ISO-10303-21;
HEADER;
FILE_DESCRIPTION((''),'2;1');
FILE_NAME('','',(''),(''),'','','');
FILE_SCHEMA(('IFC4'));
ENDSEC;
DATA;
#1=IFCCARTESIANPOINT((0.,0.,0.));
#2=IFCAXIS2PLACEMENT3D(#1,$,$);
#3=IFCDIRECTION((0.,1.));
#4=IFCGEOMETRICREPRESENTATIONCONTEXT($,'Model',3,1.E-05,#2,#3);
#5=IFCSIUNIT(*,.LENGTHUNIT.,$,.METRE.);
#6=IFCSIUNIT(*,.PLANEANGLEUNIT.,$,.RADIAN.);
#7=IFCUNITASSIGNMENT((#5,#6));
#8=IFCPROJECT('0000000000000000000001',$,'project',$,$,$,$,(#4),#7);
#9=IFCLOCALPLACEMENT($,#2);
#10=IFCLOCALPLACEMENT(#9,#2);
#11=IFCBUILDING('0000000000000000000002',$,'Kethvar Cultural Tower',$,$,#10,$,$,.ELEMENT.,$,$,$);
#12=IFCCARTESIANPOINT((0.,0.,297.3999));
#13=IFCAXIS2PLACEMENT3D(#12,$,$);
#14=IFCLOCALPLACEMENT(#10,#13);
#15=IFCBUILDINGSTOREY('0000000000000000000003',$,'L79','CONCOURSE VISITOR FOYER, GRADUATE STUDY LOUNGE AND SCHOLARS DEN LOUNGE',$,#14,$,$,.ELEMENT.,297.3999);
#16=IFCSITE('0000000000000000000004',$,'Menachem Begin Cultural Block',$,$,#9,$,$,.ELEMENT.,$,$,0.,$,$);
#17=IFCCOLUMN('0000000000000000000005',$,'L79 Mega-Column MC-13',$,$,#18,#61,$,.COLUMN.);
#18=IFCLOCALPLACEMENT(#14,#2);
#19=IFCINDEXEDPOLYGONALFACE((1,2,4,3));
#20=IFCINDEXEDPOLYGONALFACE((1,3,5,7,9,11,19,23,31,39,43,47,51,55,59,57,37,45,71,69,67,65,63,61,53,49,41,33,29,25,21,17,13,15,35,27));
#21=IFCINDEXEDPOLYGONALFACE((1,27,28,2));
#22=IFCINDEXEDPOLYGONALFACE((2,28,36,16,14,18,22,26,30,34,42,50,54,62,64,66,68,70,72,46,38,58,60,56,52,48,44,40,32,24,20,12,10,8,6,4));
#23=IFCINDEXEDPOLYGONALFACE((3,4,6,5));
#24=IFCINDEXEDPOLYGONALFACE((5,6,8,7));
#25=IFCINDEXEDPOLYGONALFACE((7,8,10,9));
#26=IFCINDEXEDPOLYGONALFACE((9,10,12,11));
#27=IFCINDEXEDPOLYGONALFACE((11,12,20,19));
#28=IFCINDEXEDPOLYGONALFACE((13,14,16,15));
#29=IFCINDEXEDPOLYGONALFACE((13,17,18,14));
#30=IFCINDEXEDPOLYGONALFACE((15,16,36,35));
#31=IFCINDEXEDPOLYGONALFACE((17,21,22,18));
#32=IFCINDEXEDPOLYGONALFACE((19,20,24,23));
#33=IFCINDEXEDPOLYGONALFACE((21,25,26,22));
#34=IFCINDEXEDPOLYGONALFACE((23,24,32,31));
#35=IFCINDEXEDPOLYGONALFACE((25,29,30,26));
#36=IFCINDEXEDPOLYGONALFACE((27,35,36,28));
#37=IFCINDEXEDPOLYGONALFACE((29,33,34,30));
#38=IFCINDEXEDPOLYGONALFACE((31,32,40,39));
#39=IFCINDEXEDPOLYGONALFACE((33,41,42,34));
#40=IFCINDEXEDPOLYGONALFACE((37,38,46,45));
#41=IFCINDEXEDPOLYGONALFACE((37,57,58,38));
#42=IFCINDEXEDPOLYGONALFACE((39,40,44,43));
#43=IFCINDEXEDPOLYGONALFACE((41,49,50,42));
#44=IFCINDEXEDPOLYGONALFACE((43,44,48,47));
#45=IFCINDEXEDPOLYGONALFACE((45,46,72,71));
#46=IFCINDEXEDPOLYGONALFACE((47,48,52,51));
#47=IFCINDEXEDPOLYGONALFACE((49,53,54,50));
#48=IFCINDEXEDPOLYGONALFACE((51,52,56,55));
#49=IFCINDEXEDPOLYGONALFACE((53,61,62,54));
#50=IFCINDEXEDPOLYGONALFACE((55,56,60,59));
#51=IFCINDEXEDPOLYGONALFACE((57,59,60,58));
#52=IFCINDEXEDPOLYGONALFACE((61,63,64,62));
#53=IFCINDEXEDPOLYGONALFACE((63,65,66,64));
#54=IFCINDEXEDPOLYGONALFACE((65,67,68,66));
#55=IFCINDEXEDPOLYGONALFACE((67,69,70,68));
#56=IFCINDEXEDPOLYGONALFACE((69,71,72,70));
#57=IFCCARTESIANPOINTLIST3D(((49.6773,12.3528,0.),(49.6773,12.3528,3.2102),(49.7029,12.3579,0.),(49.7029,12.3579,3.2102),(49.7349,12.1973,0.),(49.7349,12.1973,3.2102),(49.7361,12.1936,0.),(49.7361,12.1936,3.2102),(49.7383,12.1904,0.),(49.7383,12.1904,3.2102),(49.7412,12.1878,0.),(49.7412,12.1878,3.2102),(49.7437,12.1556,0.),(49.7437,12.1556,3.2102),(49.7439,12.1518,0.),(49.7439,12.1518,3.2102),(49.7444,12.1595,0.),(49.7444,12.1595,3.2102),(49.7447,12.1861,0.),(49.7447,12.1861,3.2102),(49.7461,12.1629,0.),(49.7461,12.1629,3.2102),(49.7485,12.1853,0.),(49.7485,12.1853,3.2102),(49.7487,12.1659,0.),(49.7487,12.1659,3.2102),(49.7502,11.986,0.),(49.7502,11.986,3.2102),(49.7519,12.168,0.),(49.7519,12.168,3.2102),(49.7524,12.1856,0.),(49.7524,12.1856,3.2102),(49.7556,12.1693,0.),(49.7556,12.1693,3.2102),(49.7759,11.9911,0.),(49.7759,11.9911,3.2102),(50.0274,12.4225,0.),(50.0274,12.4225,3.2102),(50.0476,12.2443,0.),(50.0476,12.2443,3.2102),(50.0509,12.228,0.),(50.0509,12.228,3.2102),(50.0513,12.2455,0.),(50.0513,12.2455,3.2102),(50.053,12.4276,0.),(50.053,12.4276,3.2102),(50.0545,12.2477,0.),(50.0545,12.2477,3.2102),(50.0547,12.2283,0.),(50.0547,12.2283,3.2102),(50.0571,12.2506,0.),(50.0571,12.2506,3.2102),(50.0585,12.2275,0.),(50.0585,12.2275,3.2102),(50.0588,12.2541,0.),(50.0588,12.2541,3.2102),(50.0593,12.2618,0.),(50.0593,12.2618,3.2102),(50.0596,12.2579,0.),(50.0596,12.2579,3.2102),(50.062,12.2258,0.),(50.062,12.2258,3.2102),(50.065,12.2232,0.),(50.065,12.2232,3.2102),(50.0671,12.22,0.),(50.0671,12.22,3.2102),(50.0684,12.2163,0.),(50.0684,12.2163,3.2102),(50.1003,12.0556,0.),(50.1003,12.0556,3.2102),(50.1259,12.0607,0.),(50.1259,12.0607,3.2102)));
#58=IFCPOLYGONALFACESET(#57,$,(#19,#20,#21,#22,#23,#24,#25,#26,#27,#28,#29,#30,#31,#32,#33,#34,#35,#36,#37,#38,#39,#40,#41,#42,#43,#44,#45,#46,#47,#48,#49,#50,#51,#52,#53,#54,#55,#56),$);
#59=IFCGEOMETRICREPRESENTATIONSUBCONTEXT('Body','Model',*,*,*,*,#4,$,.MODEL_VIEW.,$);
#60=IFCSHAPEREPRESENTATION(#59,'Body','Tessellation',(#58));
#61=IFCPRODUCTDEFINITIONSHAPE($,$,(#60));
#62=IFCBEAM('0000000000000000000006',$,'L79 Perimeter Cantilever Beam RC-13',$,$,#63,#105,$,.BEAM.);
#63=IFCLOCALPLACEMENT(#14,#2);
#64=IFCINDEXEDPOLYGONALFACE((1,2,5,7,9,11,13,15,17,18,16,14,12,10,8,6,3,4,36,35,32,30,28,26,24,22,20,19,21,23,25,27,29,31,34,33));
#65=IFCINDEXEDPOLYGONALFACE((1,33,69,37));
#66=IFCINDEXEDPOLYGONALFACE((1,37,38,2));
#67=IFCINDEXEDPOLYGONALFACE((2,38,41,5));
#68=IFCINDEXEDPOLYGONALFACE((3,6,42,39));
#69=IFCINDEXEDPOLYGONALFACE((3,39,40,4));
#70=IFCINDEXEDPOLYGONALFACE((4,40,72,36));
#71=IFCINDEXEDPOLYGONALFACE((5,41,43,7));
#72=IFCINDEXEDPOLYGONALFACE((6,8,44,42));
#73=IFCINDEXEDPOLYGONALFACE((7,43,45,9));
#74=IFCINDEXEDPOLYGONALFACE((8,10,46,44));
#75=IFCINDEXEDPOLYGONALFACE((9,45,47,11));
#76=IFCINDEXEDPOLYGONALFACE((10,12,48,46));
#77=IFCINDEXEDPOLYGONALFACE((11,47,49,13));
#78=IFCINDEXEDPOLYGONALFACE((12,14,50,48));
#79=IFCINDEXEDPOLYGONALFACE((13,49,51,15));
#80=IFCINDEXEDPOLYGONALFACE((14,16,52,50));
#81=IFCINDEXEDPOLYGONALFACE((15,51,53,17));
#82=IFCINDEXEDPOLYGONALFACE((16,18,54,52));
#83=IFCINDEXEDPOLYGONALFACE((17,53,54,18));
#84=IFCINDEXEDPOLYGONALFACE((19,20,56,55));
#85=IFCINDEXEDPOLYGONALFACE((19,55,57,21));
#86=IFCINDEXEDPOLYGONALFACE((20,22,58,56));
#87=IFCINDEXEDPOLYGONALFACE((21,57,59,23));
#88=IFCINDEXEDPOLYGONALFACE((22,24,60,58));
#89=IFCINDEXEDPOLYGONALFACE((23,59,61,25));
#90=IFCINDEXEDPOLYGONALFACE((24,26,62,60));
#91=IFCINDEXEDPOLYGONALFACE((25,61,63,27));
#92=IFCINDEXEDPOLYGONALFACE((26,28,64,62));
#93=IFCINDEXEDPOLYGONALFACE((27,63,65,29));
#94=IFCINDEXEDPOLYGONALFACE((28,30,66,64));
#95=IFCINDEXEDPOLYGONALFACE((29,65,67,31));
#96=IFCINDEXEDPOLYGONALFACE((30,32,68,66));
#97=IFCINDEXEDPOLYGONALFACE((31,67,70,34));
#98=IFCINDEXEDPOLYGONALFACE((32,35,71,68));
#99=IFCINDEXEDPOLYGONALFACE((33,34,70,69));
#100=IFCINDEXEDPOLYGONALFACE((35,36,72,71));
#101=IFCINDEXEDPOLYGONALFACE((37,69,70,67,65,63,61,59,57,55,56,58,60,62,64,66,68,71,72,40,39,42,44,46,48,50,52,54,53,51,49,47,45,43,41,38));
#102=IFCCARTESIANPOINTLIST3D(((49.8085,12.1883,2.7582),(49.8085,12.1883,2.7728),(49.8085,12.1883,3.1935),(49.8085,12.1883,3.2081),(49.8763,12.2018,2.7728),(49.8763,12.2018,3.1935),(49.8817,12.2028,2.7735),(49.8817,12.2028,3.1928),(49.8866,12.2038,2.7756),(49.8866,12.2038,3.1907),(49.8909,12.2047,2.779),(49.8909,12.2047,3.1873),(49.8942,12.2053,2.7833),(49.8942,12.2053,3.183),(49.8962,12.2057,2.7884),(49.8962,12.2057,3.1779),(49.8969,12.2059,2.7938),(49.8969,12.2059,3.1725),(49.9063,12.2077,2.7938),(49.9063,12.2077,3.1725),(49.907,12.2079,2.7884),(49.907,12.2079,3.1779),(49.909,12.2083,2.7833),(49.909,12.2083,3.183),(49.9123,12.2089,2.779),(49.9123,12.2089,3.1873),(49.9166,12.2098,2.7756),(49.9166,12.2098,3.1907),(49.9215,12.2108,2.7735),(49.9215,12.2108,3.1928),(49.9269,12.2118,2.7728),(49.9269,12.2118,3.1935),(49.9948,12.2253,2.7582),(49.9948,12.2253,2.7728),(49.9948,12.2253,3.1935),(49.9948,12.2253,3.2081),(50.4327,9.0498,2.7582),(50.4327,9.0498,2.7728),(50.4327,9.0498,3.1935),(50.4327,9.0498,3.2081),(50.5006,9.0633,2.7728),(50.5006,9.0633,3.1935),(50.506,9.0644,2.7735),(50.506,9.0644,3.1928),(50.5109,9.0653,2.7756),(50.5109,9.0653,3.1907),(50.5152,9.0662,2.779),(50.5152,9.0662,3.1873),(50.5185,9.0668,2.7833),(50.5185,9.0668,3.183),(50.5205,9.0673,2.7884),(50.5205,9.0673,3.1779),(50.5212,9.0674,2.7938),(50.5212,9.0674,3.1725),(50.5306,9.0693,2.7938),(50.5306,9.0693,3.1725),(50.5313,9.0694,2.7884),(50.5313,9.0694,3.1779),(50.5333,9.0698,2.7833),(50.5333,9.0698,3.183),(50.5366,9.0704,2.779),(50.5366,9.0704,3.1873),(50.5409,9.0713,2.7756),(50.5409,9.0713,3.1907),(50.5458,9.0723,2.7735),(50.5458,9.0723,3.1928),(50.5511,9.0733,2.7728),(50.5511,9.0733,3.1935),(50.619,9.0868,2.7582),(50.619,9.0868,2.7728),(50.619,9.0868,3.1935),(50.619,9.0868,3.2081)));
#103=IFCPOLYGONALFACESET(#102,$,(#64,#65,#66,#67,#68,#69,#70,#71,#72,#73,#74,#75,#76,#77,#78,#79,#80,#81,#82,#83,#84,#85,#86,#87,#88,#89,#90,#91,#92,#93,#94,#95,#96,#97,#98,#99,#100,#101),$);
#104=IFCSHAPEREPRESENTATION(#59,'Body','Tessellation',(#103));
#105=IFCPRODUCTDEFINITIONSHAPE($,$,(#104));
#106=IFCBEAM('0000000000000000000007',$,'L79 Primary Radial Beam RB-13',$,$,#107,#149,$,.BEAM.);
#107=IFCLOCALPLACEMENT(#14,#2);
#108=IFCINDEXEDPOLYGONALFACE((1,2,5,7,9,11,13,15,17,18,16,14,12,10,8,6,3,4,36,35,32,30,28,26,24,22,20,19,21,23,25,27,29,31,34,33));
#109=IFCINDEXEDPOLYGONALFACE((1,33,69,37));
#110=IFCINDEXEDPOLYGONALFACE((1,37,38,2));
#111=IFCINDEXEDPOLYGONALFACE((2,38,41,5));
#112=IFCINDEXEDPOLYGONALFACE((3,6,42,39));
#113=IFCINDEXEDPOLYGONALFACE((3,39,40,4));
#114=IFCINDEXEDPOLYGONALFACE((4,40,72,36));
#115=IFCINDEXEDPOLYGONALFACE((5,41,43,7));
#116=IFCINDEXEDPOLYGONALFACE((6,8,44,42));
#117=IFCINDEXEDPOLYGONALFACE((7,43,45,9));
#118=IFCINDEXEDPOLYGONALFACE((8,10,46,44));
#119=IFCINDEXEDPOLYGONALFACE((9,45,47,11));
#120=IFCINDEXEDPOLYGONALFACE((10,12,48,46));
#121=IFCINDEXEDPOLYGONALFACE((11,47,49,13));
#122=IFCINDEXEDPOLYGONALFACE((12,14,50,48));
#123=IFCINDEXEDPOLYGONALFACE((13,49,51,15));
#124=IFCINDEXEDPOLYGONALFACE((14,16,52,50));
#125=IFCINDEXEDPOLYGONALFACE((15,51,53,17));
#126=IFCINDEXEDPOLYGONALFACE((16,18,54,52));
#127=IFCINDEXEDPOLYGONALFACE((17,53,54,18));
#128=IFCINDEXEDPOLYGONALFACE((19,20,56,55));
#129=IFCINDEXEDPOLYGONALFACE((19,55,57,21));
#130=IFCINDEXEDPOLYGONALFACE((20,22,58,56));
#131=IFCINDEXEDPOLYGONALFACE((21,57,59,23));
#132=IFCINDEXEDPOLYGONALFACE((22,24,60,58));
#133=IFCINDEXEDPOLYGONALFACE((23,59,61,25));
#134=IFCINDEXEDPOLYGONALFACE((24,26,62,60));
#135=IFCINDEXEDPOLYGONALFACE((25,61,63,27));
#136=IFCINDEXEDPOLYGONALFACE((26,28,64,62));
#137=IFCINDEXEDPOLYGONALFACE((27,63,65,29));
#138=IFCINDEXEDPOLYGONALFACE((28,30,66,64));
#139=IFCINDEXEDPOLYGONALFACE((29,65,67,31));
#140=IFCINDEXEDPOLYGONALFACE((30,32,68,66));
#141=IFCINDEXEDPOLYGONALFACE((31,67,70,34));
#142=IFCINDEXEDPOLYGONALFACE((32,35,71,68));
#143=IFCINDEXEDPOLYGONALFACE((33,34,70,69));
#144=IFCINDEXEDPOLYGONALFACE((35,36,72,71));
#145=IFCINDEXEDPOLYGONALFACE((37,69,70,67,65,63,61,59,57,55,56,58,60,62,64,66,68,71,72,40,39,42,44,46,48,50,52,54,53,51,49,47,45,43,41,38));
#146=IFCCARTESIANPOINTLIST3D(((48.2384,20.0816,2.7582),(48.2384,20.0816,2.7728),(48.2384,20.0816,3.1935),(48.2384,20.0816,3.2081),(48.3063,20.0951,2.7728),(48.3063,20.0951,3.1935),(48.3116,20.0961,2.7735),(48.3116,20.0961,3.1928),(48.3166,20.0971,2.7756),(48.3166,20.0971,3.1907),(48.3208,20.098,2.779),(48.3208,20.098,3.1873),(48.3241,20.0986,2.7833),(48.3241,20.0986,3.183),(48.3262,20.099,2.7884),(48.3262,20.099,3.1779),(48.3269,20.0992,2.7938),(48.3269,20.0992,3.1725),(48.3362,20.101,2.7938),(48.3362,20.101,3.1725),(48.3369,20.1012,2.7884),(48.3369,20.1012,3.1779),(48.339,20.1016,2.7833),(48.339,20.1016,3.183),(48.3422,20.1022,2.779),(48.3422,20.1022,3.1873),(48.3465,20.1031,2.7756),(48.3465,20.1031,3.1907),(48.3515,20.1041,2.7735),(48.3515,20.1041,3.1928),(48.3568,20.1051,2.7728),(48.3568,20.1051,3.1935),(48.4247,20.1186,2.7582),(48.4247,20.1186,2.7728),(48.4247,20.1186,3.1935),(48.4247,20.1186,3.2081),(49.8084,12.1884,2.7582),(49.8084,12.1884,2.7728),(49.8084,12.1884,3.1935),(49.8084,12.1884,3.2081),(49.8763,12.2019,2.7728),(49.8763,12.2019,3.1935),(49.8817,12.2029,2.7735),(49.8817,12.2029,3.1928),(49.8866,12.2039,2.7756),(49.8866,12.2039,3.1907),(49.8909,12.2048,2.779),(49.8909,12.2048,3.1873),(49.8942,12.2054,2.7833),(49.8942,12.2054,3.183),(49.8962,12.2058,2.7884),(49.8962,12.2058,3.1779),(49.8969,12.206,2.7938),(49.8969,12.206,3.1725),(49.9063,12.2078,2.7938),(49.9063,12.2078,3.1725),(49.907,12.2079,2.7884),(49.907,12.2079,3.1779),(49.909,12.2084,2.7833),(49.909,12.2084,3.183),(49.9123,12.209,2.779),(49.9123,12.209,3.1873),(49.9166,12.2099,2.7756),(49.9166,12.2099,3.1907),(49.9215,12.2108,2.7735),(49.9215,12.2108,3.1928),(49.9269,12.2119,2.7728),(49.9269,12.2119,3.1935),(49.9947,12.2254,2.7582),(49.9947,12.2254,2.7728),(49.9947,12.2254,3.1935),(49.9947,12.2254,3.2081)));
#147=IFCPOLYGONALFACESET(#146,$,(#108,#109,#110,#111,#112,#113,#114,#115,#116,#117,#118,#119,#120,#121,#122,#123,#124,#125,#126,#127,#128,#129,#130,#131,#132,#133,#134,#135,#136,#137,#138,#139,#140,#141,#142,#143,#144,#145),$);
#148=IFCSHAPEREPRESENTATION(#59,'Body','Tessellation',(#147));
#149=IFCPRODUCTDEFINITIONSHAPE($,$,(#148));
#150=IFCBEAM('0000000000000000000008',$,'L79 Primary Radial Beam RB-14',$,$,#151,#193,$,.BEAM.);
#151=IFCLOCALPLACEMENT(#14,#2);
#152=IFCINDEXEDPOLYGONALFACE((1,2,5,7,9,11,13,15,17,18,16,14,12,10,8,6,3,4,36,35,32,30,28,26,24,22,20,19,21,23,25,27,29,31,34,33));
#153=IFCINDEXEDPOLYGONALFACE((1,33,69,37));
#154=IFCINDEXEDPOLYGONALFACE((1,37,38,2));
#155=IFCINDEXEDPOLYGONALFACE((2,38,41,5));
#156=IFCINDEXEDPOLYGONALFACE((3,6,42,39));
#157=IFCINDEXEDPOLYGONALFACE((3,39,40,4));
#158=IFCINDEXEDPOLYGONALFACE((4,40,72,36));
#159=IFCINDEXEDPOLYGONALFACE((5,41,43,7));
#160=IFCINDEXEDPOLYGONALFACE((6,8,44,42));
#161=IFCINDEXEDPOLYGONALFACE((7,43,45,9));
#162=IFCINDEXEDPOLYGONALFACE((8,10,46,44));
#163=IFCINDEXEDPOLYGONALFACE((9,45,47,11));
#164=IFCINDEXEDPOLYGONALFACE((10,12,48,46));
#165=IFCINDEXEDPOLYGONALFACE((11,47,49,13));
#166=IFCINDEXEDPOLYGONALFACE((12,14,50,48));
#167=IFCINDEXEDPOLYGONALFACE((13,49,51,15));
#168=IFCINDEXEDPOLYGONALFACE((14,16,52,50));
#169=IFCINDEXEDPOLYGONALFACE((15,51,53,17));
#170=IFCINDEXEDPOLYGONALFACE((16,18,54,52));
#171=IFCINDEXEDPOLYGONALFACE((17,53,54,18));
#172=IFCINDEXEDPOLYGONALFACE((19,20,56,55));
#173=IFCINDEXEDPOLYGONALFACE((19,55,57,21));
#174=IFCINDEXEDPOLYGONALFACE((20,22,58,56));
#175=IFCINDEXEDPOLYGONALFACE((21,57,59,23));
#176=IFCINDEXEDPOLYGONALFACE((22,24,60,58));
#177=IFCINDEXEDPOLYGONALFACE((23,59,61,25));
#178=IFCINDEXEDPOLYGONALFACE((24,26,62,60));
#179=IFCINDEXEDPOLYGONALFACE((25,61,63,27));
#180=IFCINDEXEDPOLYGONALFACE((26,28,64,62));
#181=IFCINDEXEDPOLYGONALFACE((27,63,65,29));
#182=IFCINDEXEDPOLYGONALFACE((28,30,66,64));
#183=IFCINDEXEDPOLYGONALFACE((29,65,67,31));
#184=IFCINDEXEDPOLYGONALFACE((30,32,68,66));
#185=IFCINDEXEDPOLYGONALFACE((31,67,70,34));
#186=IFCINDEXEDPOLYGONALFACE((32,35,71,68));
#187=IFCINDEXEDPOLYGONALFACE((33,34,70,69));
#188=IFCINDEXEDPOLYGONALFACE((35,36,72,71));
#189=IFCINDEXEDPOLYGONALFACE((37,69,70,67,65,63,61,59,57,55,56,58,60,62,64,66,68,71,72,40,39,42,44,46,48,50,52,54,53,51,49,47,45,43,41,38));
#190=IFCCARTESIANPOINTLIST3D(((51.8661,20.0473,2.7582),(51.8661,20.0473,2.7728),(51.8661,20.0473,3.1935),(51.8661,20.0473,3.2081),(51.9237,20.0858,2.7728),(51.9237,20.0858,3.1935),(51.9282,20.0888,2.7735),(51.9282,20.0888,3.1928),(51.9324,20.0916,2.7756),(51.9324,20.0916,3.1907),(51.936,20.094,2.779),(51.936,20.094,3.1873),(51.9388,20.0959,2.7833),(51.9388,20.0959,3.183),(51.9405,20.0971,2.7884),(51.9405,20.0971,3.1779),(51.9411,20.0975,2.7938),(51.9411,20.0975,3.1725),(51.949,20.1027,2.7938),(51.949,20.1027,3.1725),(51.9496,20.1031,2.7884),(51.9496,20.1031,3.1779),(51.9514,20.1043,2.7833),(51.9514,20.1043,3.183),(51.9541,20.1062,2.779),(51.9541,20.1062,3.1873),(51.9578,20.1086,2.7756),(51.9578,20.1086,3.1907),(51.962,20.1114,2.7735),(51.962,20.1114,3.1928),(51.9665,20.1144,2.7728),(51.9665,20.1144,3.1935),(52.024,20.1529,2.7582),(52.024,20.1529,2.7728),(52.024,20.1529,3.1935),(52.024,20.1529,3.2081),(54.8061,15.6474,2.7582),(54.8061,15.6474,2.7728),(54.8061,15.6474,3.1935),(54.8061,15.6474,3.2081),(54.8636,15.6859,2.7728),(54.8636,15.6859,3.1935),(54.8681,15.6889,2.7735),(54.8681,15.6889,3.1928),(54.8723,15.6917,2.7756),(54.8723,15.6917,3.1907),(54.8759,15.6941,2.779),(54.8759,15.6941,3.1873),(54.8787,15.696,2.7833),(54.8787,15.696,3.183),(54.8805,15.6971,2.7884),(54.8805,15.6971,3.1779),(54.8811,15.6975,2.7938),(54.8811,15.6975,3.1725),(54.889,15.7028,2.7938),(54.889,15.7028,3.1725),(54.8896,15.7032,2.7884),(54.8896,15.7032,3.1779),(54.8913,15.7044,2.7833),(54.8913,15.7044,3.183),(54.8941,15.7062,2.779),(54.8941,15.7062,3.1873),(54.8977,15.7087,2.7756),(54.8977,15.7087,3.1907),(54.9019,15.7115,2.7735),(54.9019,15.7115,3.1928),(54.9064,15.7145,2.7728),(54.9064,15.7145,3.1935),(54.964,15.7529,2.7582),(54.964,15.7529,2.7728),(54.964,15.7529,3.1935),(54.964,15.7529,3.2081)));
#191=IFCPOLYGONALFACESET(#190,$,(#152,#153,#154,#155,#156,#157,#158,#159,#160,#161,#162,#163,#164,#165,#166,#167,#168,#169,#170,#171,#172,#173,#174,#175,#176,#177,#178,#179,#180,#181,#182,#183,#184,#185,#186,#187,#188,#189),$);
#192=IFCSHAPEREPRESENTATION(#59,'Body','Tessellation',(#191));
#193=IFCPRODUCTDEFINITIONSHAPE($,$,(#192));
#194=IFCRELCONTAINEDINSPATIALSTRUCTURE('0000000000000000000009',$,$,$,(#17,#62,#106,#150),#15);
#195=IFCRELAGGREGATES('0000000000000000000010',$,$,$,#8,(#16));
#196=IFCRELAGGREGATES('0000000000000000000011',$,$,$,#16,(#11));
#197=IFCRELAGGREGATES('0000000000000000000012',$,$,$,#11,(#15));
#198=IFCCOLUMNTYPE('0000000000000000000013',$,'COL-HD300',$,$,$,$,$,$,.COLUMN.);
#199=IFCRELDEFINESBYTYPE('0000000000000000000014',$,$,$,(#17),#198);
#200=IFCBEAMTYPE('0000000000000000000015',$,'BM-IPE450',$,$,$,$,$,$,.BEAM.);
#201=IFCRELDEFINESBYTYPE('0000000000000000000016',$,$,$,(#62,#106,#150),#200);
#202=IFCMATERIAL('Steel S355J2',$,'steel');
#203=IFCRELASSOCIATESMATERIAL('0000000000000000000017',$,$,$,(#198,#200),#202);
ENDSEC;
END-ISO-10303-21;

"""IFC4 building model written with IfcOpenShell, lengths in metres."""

from ifc_helpers import new_model, si_unit, direction, frame, origin, origin_2d, place, context, subcontext, project, spatial, i_section, extrude, source, transform, mapped, material, material_profile, profile_set, type_object, element, save


model = new_model("IFC4")

# Units and contexts
model_context = context("Model", 3, precision=1e-05, world=origin(), true_north=direction((0.0, 1.0)))
body_context = subcontext(model_context, "Body", "Model", "MODEL_VIEW")
ifc_project = project(units=[si_unit("LENGTHUNIT", "METRE"), si_unit("PLANEANGLEUNIT", "RADIAN")], contexts=[model_context])

# Site, building, storey
site_placement = place(None, origin())
site = spatial("IfcSite", under=ifc_project, at=site_placement, Name="Menachem Begin Cultural Block", CompositionType="ELEMENT", RefElevation=0.0)
building_placement = place(site_placement, origin())
building = spatial("IfcBuilding", under=site, at=building_placement, Name="Kethvar Cultural Tower", CompositionType="ELEMENT")
storey_placement = place(building_placement, frame((0.0, 0.0, 297.3999)))
storey = spatial("IfcBuildingStorey", under=building, at=storey_placement, Name="L79", Description="CONCOURSE VISITOR FOYER, GRADUATE STUDY LOUNGE AND SCHOLARS DEN LOUNGE", CompositionType="ELEMENT", Elevation=297.3999)

# Column
ifc_material_1 = material(Name="Steel S355J2", Category="steel")
ifc_material_profile_1 = material_profile(ifc_material_1, i_section(OverallWidth=0.374, OverallDepth=0.3831, WebThickness=0.0166, FlangeThickness=0.0261, FilletRadius=0.0149, at=origin_2d()), Name="Steel S355J2 — HD360x300")
ifc_profile_set_1 = profile_set([ifc_material_profile_1], Name="Steel S355J2 — HD360x300")
column_type = type_object("IfcColumnType", Name="COL-HD300", PredefinedType="COLUMN", material=ifc_profile_set_1)
shared_shape_1 = source(origin(), body_context, "Body", "SweptSolid", [
    extrude(i_section(OverallWidth=0.374, OverallDepth=0.3831, WebThickness=0.0166, FlangeThickness=0.0261, FilletRadius=0.0149, at=origin_2d()), origin(), (0.0, 0.0, 1.0), 3.2102),
])
column_placement = place(storey_placement, frame((49.9016, 12.2068, 0.0), z_axis=(0.0, 0.0, 1.0), x_axis=(0.19509, -0.980785, 0.0)))
element("IfcColumn", 1, at=column_placement, inside=storey, type_object=column_type, Name="L79 Mega-Column MC-13", PredefinedType="COLUMN", context=body_context, shape_type="MappedRepresentation", body=[
    mapped(shared_shape_1, transform((0.0, 0.0, 0.0), scale=1.0)),
])

# Beams
ifc_material_profile_2 = material_profile(ifc_material_1, i_section(OverallWidth=0.1899, OverallDepth=0.45, WebThickness=0.0095, FlangeThickness=0.0146, FilletRadius=0.021, at=origin_2d()), Name="Steel S355J2 — IPE450")
ifc_profile_set_2 = profile_set([ifc_material_profile_2], Name="Steel S355J2 — IPE450")
beam_type_1 = type_object("IfcBeamType", Name="BM-IPE450", PredefinedType="BEAM", material=ifc_profile_set_2)
shared_shape_2 = source(origin(), body_context, "Body", "SweptSolid", [
    extrude(i_section(OverallWidth=0.1899, OverallDepth=0.45, WebThickness=0.0095, FlangeThickness=0.0146, FilletRadius=0.021, at=origin_2d()), origin(), (0.0, 0.0, 1.0), 3.2),
])
beam_1_placement = place(storey_placement, frame((49.9016, 12.2068, 2.9832), z_axis=(0.195089, -0.980786, 0.0), x_axis=(0.980786, 0.195089, 0.0)))
element("IfcBeam", 2, at=beam_1_placement, inside=storey, type_object=beam_type_1, Name="L79 Perimeter Cantilever Beam RC-13", PredefinedType="BEAM", context=body_context, shape_type="MappedRepresentation", body=[
    mapped(shared_shape_2, transform((0.0, 0.0, 0.0), scale=1.0)),
])
shared_shape_3 = source(origin(), body_context, "Body", "SweptSolid", [
    extrude(i_section(OverallWidth=0.1899, OverallDepth=0.45, WebThickness=0.0095, FlangeThickness=0.0146, FilletRadius=0.021, at=origin_2d()), origin(), (0.0, 0.0, 1.0), 8.0479),
])
beam_2_placement = place(storey_placement, frame((48.3315, 20.1001, 2.9832), z_axis=(0.195089, -0.980785, 0.0), x_axis=(0.980785, 0.195089, 0.0)))
element("IfcBeam", 3, at=beam_2_placement, inside=storey, type_object=beam_type_1, Name="L79 Primary Radial Beam RB-13", PredefinedType="BEAM", context=body_context, shape_type="MappedRepresentation", body=[
    mapped(shared_shape_3, transform((0.0, 0.0, 0.0), scale=1.0)),
])
shared_shape_4 = source(origin(), body_context, "Body", "SweptSolid", [
    extrude(i_section(OverallWidth=0.1899, OverallDepth=0.45, WebThickness=0.0095, FlangeThickness=0.0146, FilletRadius=0.021, at=origin_2d()), origin(), (0.0, 0.0, 1.0), 5.2917),
])
beam_3_placement = place(storey_placement, frame((51.9451, 20.1001, 2.9832), z_axis=(0.555573, -0.831468, 0.0), x_axis=(0.831468, 0.555573, 0.0)))
element("IfcBeam", 4, at=beam_3_placement, inside=storey, type_object=beam_type_1, Name="L79 Primary Radial Beam RB-14", PredefinedType="BEAM", context=body_context, shape_type="MappedRepresentation", body=[
    mapped(shared_shape_4, transform((0.0, 0.0, 0.0), scale=1.0)),
])

save(model, "model.ifc")
